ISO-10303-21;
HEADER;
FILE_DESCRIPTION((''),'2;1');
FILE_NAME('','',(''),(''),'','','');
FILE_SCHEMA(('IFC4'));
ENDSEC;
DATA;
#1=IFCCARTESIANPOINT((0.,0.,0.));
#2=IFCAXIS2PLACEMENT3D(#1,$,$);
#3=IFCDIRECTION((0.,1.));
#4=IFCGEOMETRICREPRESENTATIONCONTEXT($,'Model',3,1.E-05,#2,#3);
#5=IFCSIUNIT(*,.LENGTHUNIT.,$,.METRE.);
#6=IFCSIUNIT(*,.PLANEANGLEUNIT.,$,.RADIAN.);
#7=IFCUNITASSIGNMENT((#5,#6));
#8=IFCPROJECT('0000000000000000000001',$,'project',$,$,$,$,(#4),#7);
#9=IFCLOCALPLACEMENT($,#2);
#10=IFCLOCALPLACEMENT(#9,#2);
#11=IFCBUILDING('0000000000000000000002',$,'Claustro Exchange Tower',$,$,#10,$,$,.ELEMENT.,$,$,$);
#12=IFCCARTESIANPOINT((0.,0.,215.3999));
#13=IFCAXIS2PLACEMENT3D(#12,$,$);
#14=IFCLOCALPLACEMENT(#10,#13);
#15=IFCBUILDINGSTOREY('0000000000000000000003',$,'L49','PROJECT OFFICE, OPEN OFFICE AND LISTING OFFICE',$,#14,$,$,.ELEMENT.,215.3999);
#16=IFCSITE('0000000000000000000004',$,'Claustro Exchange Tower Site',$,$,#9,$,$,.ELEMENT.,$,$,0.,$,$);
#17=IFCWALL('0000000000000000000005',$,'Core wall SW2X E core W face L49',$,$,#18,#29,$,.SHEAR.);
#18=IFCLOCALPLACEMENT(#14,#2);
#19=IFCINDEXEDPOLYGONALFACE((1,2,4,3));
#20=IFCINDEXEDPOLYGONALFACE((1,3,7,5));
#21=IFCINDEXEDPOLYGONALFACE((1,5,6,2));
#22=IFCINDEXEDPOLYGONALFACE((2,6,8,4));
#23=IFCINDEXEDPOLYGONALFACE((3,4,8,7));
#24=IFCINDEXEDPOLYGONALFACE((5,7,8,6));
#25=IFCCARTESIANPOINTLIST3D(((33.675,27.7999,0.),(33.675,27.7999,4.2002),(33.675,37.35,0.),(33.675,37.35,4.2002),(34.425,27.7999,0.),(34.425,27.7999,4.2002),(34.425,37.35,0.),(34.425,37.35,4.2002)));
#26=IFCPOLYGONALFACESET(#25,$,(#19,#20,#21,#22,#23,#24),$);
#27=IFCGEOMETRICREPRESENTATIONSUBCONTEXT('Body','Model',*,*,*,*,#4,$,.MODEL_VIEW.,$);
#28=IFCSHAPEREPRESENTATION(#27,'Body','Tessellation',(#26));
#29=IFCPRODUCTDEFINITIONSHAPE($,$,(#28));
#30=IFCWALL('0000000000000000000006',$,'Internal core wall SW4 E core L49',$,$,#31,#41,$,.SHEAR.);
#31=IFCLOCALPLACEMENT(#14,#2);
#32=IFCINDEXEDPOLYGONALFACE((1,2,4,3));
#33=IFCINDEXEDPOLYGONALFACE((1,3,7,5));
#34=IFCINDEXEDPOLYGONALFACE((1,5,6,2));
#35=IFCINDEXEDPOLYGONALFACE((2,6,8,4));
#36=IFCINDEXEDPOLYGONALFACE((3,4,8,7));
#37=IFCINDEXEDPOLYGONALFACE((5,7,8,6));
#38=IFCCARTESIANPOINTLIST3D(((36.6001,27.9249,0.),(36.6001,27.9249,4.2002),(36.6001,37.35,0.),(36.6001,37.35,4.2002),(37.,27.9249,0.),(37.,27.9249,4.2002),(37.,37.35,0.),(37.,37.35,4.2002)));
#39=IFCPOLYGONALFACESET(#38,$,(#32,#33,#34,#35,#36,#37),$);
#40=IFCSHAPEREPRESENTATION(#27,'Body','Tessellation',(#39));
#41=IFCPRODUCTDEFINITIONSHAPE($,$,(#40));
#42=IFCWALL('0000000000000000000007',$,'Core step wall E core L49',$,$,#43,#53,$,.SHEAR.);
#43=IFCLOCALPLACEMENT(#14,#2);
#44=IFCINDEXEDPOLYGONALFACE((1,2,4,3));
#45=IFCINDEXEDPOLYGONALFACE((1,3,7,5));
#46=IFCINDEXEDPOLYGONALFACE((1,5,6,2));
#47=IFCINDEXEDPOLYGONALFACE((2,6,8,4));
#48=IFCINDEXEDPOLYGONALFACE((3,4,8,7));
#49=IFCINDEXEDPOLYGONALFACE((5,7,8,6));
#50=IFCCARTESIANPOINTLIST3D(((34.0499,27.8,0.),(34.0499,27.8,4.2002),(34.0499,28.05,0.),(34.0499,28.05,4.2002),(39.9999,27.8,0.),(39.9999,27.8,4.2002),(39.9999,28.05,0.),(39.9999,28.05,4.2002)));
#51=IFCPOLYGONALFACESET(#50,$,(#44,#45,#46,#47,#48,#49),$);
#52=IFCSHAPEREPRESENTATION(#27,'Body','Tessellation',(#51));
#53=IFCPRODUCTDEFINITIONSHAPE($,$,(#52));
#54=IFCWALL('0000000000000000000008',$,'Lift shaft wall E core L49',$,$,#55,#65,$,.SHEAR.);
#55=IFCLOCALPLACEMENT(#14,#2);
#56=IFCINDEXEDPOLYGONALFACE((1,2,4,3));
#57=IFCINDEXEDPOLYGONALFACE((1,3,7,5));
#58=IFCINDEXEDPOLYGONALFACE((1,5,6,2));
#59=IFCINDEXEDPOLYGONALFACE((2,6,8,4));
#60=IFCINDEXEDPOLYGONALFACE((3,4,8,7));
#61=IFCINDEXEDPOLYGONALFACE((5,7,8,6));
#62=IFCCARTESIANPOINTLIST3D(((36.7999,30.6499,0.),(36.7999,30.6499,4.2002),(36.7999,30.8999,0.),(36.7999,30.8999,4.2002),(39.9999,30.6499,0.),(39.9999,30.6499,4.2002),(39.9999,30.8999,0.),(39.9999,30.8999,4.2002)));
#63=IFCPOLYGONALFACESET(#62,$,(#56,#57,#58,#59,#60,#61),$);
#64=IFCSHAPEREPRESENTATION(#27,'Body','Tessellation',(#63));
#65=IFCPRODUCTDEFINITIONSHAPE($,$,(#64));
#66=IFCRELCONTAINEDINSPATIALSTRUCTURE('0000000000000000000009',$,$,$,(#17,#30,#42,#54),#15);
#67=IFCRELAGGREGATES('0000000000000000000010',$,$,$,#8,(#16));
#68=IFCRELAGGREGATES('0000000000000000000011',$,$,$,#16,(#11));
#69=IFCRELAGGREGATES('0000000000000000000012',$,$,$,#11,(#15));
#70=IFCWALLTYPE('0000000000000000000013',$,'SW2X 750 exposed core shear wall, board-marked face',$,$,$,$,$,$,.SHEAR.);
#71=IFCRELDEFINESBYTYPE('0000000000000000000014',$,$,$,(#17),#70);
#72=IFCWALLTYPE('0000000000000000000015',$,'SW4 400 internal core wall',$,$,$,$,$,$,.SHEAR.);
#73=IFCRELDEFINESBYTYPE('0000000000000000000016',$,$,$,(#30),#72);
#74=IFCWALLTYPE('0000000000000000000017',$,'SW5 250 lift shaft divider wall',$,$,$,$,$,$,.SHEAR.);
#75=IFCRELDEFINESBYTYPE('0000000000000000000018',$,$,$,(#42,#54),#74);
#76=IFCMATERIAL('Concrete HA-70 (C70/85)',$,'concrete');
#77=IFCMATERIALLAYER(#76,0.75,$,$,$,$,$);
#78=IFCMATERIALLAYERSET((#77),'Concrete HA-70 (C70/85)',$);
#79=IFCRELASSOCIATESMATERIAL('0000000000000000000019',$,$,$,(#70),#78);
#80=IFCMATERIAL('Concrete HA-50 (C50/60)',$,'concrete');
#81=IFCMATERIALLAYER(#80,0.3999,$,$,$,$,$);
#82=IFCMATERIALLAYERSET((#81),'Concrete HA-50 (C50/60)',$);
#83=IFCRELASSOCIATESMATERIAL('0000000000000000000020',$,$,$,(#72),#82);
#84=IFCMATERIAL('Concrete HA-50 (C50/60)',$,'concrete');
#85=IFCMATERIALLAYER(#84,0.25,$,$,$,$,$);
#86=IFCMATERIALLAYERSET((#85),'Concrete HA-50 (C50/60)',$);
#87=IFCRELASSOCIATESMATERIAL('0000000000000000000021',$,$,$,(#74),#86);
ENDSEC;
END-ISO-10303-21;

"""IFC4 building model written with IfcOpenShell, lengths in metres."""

from ifc_helpers import new_model, si_unit, direction, frame, frame_2d, origin, place, context, subcontext, project, spatial, rectangle, extrude, material, layer, layer_set, type_object, element, save


model = new_model("IFC4")

# Units and contexts
model_context = context("Model", 3, precision=1e-05, world=origin(), true_north=direction((0.0, 1.0)))
body_context = subcontext(model_context, "Body", "Model", "MODEL_VIEW")
ifc_project = project(units=[si_unit("LENGTHUNIT", "METRE"), si_unit("PLANEANGLEUNIT", "RADIAN")], contexts=[model_context])

# Site, building, storey
site_placement = place(None, origin())
site = spatial("IfcSite", under=ifc_project, at=site_placement, Name="Claustro Exchange Tower Site", CompositionType="ELEMENT", RefElevation=0.0)
building_placement = place(site_placement, origin())
building = spatial("IfcBuilding", under=site, at=building_placement, Name="Claustro Exchange Tower", CompositionType="ELEMENT")
storey_placement = place(building_placement, frame((0.0, 0.0, 215.3999)))
storey = spatial("IfcBuildingStorey", under=building, at=storey_placement, Name="L49", Description="PROJECT OFFICE, OPEN OFFICE AND LISTING OFFICE", CompositionType="ELEMENT", Elevation=215.3999)

# Walls
ifc_material_1 = material(Name="Concrete HA-70 (C70/85)", Category="concrete")
ifc_layer_1 = layer(ifc_material_1, 0.75)
ifc_layer_set_1 = layer_set([ifc_layer_1], Name="Concrete HA-70 (C70/85)")
wall_type_1 = type_object("IfcWallType", Name="SW2X 750 exposed core shear wall, board-marked face", PredefinedType="SHEAR", material=ifc_layer_set_1)
wall_1_placement = place(storey_placement, frame((34.05, 27.8, 0.0), z_axis=(0.0, 0.0, 1.0), x_axis=(0.0, 1.0, 0.0)))
element("IfcWall", 1, at=wall_1_placement, inside=storey, type_object=wall_type_1, Name="Core wall SW2X E core W face L49", PredefinedType="SHEAR", context=body_context, shape_type="SweptSolid", body=[
    extrude(rectangle(XDim=9.55, YDim=0.75, at=frame_2d((4.7749, 0.0))), origin(), (0.0, 0.0, 1.0), 4.2002),
])
ifc_material_2 = material(Name="Concrete HA-50 (C50/60)", Category="concrete")
ifc_layer_2 = layer(ifc_material_2, 0.3999)
ifc_layer_set_2 = layer_set([ifc_layer_2], Name="Concrete HA-50 (C50/60)")
wall_type_2 = type_object("IfcWallType", Name="SW4 400 internal core wall", PredefinedType="SHEAR", material=ifc_layer_set_2)
wall_2_placement = place(storey_placement, frame((36.8, 27.925, 0.0), z_axis=(0.0, 0.0, 1.0), x_axis=(0.0, 1.0, 0.0)))
element("IfcWall", 2, at=wall_2_placement, inside=storey, type_object=wall_type_2, Name="Internal core wall SW4 E core L49", PredefinedType="SHEAR", context=body_context, shape_type="SweptSolid", body=[
    extrude(rectangle(XDim=9.425, YDim=0.3999, at=frame_2d((4.7124, 0.0))), origin(), (0.0, 0.0, 1.0), 4.2002),
])
ifc_material_3 = material(Name="Concrete HA-50 (C50/60)", Category="concrete")
ifc_layer_3 = layer(ifc_material_3, 0.25)
ifc_layer_set_3 = layer_set([ifc_layer_3], Name="Concrete HA-50 (C50/60)")
wall_type_3 = type_object("IfcWallType", Name="SW5 250 lift shaft divider wall", PredefinedType="SHEAR", material=ifc_layer_set_3)
wall_3_placement = place(storey_placement, frame((40.0, 27.925, 0.0), z_axis=(0.0, 0.0, 1.0), x_axis=(-1.0, 0.0, 0.0)))
element("IfcWall", 3, at=wall_3_placement, inside=storey, type_object=wall_type_3, Name="Core step wall E core L49", PredefinedType="SHEAR", context=body_context, shape_type="SweptSolid", body=[
    extrude(rectangle(XDim=5.95, YDim=0.25, at=frame_2d((2.9751, 0.0))), origin(), (0.0, 0.0, 1.0), 4.2002),
])
wall_4_placement = place(storey_placement, frame((40.0, 30.7749, 0.0), z_axis=(0.0, 0.0, 1.0), x_axis=(-1.0, 0.0, 0.0)))
element("IfcWall", 4, at=wall_4_placement, inside=storey, type_object=wall_type_3, Name="Lift shaft wall E core L49", PredefinedType="SHEAR", context=body_context, shape_type="SweptSolid", body=[
    extrude(rectangle(XDim=3.2, YDim=0.25, at=frame_2d((1.6001, 0.0))), origin(), (0.0, 0.0, 1.0), 4.2002),
])

save(model, "model.ifc")
